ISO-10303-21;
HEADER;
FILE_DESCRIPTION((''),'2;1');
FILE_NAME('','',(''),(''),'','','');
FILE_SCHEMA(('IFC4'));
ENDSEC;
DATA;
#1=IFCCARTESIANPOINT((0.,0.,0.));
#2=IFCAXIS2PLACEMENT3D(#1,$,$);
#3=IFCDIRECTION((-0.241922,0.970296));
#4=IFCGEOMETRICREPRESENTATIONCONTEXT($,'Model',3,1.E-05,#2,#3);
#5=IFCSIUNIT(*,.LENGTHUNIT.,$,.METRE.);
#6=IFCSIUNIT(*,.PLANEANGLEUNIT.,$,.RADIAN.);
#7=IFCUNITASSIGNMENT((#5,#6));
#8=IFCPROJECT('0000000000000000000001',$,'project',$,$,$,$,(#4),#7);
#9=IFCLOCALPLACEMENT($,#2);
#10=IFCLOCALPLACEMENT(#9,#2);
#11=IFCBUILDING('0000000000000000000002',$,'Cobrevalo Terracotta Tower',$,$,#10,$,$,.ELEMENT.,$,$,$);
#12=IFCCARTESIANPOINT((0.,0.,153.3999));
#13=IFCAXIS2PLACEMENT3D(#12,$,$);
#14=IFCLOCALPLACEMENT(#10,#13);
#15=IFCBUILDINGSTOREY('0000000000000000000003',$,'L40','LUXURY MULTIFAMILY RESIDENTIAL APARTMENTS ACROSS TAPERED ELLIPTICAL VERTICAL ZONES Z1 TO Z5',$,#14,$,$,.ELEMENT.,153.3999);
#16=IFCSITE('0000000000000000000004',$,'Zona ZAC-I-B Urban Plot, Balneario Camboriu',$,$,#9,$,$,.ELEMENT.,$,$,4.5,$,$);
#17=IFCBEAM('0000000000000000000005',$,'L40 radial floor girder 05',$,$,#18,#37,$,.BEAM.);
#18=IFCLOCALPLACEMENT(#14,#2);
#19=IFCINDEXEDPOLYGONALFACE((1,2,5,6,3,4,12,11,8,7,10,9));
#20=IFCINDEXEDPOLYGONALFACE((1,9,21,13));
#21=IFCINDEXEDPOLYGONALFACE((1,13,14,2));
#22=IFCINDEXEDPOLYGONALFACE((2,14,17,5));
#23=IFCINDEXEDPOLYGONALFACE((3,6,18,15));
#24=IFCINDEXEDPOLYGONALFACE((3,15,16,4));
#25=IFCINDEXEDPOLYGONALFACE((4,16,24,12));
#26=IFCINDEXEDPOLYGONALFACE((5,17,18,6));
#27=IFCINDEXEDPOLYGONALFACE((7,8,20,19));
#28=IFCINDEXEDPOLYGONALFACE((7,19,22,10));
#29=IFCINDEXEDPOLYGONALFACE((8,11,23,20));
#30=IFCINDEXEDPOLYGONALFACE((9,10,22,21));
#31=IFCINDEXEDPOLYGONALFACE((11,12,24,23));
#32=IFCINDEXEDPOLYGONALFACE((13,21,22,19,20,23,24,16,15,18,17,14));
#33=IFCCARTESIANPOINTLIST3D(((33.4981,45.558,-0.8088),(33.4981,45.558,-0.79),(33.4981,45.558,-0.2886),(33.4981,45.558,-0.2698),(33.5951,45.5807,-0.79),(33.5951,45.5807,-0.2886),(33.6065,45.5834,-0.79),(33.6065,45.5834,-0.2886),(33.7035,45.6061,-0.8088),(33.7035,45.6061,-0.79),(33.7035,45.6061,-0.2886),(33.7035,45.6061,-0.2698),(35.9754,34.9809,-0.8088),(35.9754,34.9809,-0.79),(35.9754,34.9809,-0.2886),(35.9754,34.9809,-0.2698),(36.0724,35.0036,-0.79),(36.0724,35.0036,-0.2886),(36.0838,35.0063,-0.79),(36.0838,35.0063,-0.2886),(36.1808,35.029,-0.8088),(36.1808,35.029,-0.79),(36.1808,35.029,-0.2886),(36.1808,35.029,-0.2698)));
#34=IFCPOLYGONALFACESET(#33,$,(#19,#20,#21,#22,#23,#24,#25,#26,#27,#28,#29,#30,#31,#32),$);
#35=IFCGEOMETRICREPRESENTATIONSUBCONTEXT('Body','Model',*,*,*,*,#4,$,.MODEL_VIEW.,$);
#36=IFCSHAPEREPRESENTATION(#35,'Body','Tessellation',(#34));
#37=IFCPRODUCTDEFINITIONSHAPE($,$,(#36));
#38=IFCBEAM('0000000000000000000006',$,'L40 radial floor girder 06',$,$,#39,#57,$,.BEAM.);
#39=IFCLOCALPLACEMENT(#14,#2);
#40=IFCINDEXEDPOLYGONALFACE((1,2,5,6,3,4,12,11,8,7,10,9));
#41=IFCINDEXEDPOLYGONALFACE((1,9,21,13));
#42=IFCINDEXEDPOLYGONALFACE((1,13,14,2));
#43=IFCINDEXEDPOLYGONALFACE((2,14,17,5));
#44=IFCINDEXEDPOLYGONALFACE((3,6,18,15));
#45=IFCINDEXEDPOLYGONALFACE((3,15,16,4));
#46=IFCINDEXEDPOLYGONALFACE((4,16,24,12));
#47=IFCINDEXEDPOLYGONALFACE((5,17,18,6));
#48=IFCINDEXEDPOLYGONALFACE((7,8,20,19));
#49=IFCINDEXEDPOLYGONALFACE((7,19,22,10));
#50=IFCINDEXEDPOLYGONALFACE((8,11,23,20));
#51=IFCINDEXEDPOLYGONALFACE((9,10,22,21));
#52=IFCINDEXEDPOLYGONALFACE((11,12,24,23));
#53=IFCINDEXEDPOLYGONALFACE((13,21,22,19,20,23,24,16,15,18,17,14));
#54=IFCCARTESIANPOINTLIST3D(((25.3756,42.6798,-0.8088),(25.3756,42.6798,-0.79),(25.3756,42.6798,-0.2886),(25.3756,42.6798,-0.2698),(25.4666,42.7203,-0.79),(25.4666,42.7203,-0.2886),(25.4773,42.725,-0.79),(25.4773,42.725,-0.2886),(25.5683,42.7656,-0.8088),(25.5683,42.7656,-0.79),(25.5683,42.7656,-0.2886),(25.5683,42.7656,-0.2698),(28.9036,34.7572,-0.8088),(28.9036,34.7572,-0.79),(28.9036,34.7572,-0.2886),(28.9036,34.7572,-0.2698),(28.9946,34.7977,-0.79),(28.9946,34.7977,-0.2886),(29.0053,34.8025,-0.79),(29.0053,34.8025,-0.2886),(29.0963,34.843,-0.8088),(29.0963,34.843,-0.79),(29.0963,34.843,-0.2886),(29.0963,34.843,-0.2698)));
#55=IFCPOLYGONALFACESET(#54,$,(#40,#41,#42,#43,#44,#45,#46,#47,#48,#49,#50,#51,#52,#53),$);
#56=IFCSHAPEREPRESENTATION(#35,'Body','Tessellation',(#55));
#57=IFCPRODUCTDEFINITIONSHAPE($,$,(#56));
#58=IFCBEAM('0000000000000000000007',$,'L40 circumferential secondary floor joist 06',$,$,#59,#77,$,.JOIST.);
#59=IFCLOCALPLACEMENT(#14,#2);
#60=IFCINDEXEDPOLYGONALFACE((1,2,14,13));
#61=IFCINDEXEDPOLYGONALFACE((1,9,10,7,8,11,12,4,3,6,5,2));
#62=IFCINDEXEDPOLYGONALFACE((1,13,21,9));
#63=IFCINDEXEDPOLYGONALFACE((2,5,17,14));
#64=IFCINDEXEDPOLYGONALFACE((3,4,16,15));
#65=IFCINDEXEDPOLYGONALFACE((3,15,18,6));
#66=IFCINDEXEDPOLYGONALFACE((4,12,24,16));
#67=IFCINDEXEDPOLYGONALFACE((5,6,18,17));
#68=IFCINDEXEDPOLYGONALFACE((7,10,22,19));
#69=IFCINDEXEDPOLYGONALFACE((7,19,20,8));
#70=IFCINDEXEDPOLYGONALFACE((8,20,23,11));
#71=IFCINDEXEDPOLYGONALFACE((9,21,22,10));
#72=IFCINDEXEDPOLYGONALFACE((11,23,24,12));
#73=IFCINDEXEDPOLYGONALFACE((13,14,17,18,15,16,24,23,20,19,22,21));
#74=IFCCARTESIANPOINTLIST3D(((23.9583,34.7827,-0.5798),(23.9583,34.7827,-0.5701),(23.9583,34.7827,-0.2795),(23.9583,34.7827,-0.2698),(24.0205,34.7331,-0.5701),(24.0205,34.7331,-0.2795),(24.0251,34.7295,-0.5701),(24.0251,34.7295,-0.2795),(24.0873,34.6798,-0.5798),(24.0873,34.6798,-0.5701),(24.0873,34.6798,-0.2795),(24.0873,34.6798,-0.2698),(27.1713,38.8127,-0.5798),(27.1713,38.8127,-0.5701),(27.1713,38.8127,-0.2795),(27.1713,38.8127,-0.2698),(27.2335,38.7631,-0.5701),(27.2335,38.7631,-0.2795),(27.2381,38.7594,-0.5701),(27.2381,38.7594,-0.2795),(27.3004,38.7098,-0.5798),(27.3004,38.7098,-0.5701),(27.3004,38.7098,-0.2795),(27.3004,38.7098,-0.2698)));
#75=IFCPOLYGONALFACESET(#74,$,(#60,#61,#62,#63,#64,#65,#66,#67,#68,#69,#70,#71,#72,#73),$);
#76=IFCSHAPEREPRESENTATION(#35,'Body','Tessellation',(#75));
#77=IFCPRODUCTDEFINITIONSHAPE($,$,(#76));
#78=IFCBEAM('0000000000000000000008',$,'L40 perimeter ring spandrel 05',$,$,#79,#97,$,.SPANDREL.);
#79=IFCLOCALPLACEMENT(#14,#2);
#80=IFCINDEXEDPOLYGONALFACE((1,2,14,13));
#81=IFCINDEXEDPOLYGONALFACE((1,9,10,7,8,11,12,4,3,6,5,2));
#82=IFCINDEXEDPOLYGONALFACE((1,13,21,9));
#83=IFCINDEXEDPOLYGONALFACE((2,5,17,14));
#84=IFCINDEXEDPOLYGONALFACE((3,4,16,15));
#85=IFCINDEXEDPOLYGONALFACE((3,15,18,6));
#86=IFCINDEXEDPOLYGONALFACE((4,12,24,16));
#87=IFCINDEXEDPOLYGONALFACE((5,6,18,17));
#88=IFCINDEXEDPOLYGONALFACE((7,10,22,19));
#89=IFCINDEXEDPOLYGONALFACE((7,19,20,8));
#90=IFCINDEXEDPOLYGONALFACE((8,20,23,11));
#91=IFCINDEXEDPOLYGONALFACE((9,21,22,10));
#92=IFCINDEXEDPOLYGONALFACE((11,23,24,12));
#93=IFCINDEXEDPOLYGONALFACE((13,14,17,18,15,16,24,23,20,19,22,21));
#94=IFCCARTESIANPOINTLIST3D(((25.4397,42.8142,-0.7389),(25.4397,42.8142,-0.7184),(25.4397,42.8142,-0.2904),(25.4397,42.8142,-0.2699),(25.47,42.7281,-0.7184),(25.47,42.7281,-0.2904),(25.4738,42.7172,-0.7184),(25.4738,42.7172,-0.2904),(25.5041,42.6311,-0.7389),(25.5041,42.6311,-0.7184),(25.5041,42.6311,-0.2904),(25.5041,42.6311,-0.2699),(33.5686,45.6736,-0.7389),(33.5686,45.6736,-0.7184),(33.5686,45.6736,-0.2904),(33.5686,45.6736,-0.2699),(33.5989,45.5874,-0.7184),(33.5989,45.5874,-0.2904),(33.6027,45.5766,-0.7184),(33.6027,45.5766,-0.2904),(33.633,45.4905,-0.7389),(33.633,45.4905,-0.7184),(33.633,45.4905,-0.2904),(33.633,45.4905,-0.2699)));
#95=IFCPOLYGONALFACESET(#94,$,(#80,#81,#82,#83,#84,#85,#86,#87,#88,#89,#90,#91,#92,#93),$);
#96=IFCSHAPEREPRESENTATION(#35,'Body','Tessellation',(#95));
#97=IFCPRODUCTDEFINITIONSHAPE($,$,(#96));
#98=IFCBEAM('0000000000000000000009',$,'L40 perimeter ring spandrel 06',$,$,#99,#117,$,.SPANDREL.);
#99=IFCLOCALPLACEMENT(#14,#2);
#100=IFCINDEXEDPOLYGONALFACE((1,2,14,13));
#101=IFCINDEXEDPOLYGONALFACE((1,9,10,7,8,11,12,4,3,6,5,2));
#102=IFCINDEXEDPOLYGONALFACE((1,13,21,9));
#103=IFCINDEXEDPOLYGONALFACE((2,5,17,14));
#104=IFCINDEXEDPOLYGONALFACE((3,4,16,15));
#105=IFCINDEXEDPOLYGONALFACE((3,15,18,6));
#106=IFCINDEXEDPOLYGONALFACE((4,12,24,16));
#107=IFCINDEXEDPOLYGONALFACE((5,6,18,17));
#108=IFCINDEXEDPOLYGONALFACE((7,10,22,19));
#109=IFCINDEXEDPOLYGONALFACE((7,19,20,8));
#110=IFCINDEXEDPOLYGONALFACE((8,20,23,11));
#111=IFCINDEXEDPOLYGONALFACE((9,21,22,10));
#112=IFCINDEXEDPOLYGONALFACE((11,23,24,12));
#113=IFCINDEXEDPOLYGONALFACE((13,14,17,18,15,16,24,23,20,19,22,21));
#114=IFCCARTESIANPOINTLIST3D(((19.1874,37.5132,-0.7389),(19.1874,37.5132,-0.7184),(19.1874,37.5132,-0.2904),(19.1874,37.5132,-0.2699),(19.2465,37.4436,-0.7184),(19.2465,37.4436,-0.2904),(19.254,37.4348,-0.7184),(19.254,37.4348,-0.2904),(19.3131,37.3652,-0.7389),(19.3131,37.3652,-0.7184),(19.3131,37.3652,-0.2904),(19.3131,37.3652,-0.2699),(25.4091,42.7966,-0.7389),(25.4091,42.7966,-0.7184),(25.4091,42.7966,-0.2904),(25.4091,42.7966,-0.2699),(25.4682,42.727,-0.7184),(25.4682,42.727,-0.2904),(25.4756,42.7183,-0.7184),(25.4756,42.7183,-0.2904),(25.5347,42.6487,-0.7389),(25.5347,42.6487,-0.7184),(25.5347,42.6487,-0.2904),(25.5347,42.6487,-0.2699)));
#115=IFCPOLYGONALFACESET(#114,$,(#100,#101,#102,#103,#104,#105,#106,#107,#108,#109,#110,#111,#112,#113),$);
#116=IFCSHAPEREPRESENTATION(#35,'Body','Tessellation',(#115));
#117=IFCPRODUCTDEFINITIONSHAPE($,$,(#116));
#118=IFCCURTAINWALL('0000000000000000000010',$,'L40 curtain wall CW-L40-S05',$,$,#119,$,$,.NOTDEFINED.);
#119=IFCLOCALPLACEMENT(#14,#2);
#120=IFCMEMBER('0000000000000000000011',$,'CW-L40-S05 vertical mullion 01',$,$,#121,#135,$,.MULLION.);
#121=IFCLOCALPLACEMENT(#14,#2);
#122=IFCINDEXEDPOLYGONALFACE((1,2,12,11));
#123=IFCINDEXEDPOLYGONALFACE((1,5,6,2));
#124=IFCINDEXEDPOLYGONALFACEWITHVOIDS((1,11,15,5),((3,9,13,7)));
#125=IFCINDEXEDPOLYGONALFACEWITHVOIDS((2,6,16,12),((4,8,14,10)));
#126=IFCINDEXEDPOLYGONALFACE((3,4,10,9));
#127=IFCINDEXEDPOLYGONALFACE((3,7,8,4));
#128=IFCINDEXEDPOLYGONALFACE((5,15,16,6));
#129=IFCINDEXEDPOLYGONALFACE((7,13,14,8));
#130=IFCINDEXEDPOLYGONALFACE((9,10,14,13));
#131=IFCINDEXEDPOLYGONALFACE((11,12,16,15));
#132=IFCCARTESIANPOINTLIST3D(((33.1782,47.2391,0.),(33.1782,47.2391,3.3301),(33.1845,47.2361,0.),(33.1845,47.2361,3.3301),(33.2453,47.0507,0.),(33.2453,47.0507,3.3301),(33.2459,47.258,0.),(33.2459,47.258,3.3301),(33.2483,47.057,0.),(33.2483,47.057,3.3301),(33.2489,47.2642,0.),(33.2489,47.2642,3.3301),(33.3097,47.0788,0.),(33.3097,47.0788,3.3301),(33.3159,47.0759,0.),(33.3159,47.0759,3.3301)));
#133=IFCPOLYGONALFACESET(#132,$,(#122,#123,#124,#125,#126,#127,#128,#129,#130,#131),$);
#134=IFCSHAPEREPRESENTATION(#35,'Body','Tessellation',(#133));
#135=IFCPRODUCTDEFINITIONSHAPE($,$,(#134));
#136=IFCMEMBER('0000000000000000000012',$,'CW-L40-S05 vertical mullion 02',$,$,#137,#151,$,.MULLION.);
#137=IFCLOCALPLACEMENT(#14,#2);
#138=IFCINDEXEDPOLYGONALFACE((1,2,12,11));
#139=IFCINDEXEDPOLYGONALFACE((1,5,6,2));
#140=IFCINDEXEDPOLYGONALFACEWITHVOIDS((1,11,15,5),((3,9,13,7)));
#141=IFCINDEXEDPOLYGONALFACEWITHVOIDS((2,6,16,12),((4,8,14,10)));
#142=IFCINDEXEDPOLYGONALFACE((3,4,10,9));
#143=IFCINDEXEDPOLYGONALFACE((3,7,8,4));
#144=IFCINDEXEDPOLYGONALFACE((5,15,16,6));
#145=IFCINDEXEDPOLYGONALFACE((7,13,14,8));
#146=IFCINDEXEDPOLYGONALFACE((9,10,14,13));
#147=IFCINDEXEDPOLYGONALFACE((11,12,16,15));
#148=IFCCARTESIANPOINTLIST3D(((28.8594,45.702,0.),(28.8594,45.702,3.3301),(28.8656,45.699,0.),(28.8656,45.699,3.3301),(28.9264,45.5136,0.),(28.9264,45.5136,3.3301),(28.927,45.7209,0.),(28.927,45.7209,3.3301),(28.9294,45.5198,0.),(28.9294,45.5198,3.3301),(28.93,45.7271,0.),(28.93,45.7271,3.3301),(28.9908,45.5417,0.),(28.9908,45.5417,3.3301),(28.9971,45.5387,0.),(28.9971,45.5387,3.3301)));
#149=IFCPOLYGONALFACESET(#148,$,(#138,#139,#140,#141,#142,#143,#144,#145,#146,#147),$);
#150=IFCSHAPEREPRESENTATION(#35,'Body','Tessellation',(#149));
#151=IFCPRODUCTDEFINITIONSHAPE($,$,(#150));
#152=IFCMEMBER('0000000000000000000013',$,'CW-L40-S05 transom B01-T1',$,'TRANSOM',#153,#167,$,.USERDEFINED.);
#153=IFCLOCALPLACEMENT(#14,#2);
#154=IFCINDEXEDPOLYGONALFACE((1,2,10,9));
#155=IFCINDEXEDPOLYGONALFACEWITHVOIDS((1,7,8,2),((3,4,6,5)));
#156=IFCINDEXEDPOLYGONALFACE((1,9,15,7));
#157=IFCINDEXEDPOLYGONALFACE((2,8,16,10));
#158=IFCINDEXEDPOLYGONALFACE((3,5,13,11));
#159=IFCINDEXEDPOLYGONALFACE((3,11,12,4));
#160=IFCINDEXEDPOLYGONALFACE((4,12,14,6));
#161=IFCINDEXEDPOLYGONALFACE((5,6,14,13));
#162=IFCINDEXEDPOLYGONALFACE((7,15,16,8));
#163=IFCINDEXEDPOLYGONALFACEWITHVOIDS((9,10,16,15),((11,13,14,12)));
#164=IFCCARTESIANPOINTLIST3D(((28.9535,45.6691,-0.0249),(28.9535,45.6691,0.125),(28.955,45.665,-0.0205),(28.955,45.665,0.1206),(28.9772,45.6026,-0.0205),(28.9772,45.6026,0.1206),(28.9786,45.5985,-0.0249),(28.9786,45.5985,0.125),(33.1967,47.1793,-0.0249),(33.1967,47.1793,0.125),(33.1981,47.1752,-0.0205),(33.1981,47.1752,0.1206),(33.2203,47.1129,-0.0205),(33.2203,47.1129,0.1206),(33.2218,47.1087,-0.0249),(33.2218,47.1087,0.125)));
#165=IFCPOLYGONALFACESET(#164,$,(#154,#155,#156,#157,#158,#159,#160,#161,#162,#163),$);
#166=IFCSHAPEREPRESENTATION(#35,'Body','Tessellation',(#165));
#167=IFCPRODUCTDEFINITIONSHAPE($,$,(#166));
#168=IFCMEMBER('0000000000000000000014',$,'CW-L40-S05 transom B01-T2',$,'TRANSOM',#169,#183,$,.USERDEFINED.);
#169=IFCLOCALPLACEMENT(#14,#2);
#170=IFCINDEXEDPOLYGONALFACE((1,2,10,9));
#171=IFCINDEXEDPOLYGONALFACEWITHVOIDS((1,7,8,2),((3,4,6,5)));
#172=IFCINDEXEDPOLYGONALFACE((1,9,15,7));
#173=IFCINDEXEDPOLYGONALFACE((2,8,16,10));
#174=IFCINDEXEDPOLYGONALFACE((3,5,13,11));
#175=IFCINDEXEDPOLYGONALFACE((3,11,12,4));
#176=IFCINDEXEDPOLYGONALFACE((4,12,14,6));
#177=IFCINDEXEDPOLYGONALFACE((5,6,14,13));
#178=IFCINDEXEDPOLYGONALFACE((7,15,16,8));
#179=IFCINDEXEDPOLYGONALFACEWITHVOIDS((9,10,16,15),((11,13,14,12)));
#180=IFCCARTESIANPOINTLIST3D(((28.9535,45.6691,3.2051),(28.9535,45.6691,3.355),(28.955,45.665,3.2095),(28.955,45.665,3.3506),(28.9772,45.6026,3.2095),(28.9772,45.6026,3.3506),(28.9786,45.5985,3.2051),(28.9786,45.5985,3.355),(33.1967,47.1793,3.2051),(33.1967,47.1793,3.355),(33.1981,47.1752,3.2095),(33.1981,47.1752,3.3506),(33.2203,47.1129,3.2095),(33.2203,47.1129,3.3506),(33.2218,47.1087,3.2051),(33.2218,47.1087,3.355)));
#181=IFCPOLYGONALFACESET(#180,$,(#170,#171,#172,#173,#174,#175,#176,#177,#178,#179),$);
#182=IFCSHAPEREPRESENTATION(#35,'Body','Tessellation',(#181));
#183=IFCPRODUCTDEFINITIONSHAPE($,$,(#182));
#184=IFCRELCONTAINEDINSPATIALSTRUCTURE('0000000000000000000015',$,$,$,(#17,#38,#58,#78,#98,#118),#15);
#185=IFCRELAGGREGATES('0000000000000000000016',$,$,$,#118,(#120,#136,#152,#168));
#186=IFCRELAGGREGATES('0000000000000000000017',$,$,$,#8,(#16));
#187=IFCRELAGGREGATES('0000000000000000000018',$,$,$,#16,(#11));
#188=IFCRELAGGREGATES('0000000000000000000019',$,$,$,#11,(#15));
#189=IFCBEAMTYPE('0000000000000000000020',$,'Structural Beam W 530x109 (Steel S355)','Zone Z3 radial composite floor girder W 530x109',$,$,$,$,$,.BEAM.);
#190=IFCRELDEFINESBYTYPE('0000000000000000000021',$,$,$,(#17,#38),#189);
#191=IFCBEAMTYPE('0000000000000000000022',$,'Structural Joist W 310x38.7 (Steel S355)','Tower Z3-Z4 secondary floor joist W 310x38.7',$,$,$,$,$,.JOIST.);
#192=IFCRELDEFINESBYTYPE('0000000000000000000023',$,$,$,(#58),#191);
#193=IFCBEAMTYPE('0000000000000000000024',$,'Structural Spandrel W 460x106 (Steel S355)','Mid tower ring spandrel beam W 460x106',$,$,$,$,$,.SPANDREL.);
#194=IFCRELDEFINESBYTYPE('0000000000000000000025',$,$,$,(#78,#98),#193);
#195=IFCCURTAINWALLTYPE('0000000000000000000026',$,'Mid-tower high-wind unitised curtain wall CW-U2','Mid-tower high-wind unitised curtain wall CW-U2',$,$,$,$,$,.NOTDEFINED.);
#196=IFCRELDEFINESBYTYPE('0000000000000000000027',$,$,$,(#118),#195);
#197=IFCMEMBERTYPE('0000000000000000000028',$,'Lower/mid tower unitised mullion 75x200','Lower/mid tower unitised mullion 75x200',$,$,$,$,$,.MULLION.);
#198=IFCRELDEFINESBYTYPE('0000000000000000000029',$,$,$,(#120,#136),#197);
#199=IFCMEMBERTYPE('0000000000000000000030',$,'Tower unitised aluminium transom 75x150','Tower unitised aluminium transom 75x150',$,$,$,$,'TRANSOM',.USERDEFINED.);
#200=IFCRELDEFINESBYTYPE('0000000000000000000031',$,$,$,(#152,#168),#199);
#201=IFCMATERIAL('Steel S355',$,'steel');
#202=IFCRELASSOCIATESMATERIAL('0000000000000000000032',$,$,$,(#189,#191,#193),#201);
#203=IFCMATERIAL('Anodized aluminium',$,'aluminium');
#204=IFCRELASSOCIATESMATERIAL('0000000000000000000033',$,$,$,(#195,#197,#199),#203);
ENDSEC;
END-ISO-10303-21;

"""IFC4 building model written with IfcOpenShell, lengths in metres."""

from ifc_helpers import new_model, si_unit, direction, frame, origin, origin_2d, place, context, subcontext, project, spatial, hollow_rectangle, i_section, extrude, source, transform, mapped, material, material_profile, profile_set, type_object, element, aggregate, save


model = new_model("IFC4")

# Units and contexts
model_context = context("Model", 3, precision=1e-05, world=origin(), true_north=direction((-0.241922, 0.970296)))
body_context = subcontext(model_context, "Body", "Model", "MODEL_VIEW")
ifc_project = project(units=[si_unit("LENGTHUNIT", "METRE"), si_unit("PLANEANGLEUNIT", "RADIAN")], contexts=[model_context])

# Site, building, storey
site_placement = place(None, origin())
site = spatial("IfcSite", under=ifc_project, at=site_placement, Name="Zona ZAC-I-B Urban Plot, Balneario Camboriu", CompositionType="ELEMENT", RefElevation=4.5)
building_placement = place(site_placement, origin())
building = spatial("IfcBuilding", under=site, at=building_placement, Name="Cobrevalo Terracotta Tower", CompositionType="ELEMENT")
storey_placement = place(building_placement, frame((0.0, 0.0, 153.3999)))
storey = spatial("IfcBuildingStorey", under=building, at=storey_placement, Name="L40", Description="LUXURY MULTIFAMILY RESIDENTIAL APARTMENTS ACROSS TAPERED ELLIPTICAL VERTICAL ZONES Z1 TO Z5", CompositionType="ELEMENT", Elevation=153.3999)

# Shared definitions
ifc_material_1 = material(Name="Steel S355", Category="steel")

# Beams
ifc_material_profile_1 = material_profile(ifc_material_1, i_section(OverallWidth=0.2109, OverallDepth=0.5391, WebThickness=0.0117, FlangeThickness=0.0188, at=origin_2d()), Name="W 530x109")
ifc_profile_set_1 = profile_set([ifc_material_profile_1], Name="Steel S355")
beam_type_1 = type_object("IfcBeamType", Name="Structural Beam W 530x109 (Steel S355)", Description="Zone Z3 radial composite floor girder W 530x109", PredefinedType="BEAM", material=ifc_profile_set_1)
beam_1_placement = place(storey_placement, frame((33.6008, 45.582, -0.5393), z_axis=(0.228041, -0.973652, 0.0), x_axis=(0.973652, 0.228041, 0.0)))
element("IfcBeam", 1, at=beam_1_placement, inside=storey, type_object=beam_type_1, Name="L40 radial floor girder 05", PredefinedType="BEAM", context=body_context, shape_type="SweptSolid", body=[
    extrude(i_section(OverallWidth=0.2109, OverallDepth=0.5391, WebThickness=0.0117, FlangeThickness=0.0188, at=origin_2d()), origin(), (0.0, 0.0, 1.0), 10.8633),
])
beam_2_placement = place(storey_placement, frame((25.4719, 42.7227, -0.5393), z_axis=(0.406804, -0.913515, 0.0), x_axis=(0.913515, 0.406804, 0.0)))
element("IfcBeam", 2, at=beam_2_placement, inside=storey, type_object=beam_type_1, Name="L40 radial floor girder 06", PredefinedType="BEAM", context=body_context, shape_type="SweptSolid", body=[
    extrude(i_section(OverallWidth=0.2109, OverallDepth=0.5391, WebThickness=0.0117, FlangeThickness=0.0188, at=origin_2d()), origin(), (0.0, 0.0, 1.0), 8.6726),
])
ifc_material_profile_2 = material_profile(ifc_material_1, i_section(OverallWidth=0.165, OverallDepth=0.3101, WebThickness=0.0059, FlangeThickness=0.0098, at=origin_2d()), Name="W 310x38.7")
ifc_profile_set_2 = profile_set([ifc_material_profile_2], Name="Steel S355")
beam_type_2 = type_object("IfcBeamType", Name="Structural Joist W 310x38.7 (Steel S355)", Description="Tower Z3-Z4 secondary floor joist W 310x38.7", PredefinedType="JOIST", material=ifc_profile_set_2)
beam_3_placement = place(storey_placement, frame((27.2358, 38.7612, -0.4248), z_axis=(-0.623406, -0.781898, 0.0), x_axis=(0.781898, -0.623406, 0.0)))
element("IfcBeam", 3, at=beam_3_placement, inside=storey, type_object=beam_type_2, Name="L40 circumferential secondary floor joist 06", PredefinedType="JOIST", context=body_context, shape_type="SweptSolid", body=[
    extrude(i_section(OverallWidth=0.165, OverallDepth=0.3101, WebThickness=0.0059, FlangeThickness=0.0098, at=origin_2d()), origin(), (0.0, 0.0, 1.0), 5.1541),
])
ifc_material_profile_3 = material_profile(ifc_material_1, i_section(OverallWidth=0.1941, OverallDepth=0.469, WebThickness=0.0115, FlangeThickness=0.0205, at=origin_2d()), Name="W 460x106")
ifc_profile_set_3 = profile_set([ifc_material_profile_3], Name="Steel S355")
beam_type_3 = type_object("IfcBeamType", Name="Structural Spandrel W 460x106 (Steel S355)", Description="Mid tower ring spandrel beam W 460x106", PredefinedType="SPANDREL", material=ifc_profile_set_3)
beam_4_placement = place(storey_placement, frame((33.6008, 45.582, -0.5044), z_axis=(-0.943341, -0.331824, 0.0), x_axis=(0.331824, -0.943341, 0.0)))
element("IfcBeam", 4, at=beam_4_placement, inside=storey, type_object=beam_type_3, Name="L40 perimeter ring spandrel 05", PredefinedType="SPANDREL", context=body_context, shape_type="SweptSolid", body=[
    extrude(i_section(OverallWidth=0.1941, OverallDepth=0.469, WebThickness=0.0115, FlangeThickness=0.0205, at=origin_2d()), origin(), (0.0, 0.0, 1.0), 8.6172),
])
beam_5_placement = place(storey_placement, frame((25.4719, 42.7227, -0.5044), z_axis=(-0.76224, -0.647294, 0.0), x_axis=(0.647294, -0.76224, 0.0)))
element("IfcBeam", 5, at=beam_5_placement, inside=storey, type_object=beam_type_3, Name="L40 perimeter ring spandrel 06", PredefinedType="SPANDREL", context=body_context, shape_type="SweptSolid", body=[
    extrude(i_section(OverallWidth=0.1941, OverallDepth=0.469, WebThickness=0.0115, FlangeThickness=0.0205, at=origin_2d()), origin(), (0.0, 0.0, 1.0), 8.1624),
])

# Curtain wall, members
ifc_material_2 = material(Name="Anodized aluminium", Category="aluminium")
curtain_wall_type = type_object("IfcCurtainWallType", Name="Mid-tower high-wind unitised curtain wall CW-U2", Description="Mid-tower high-wind unitised curtain wall CW-U2", PredefinedType="NOTDEFINED", material=ifc_material_2)
curtain_wall_placement = place(storey_placement, origin())
curtain_wall = element("IfcCurtainWall", 6, at=curtain_wall_placement, inside=storey, type_object=curtain_wall_type, Name="L40 curtain wall CW-L40-S05", PredefinedType="NOTDEFINED")
ifc_material_profile_4 = material_profile(ifc_material_2, hollow_rectangle(XDim=0.075, YDim=0.2, WallThickness=0.0049, at=origin_2d()), Name="CWM 75x200")
ifc_profile_set_4 = profile_set([ifc_material_profile_4], Name="Anodized aluminium")
member_type_1 = type_object("IfcMemberType", Name="Lower/mid tower unitised mullion 75x200", Description="Lower/mid tower unitised mullion 75x200", PredefinedType="MULLION", material=ifc_profile_set_4)
shared_shape_1 = source(origin(), body_context, "Body", "SweptSolid", [
    extrude(hollow_rectangle(XDim=0.075, YDim=0.2, WallThickness=0.0049, at=origin_2d()), origin(), (0.0, 0.0, 1.0), 3.3301),
])
member_1_placement = place(storey_placement, frame((33.2471, 47.1575, 0.0), z_axis=(0.0, 0.0, 1.0), x_axis=(-0.942098, -0.335336, 0.0)))
member_1 = element("IfcMember", 7, at=member_1_placement, type_object=member_type_1, Name="CW-L40-S05 vertical mullion 01", PredefinedType="MULLION", context=body_context, shape_type="MappedRepresentation", body=[
    mapped(shared_shape_1, transform((0.0, 0.0, 0.0), scale=1.0)),
])
member_2_placement = place(storey_placement, frame((28.9282, 45.6204, 0.0), z_axis=(0.0, 0.0, 1.0), x_axis=(-0.942098, -0.335336, 0.0)))
member_2 = element("IfcMember", 8, at=member_2_placement, type_object=member_type_1, Name="CW-L40-S05 vertical mullion 02", PredefinedType="MULLION", context=body_context, shape_type="MappedRepresentation", body=[
    mapped(shared_shape_1, transform((0.0, 0.0, 0.0), scale=1.0)),
])
ifc_material_profile_5 = material_profile(ifc_material_2, hollow_rectangle(XDim=0.075, YDim=0.1499, WallThickness=0.0044, at=origin_2d()), Name="CWT 75x150")
ifc_profile_set_5 = profile_set([ifc_material_profile_5], Name="Anodized aluminium")
member_type_2 = type_object("IfcMemberType", Name="Tower unitised aluminium transom 75x150", Description="Tower unitised aluminium transom 75x150", ElementType="TRANSOM", PredefinedType="USERDEFINED", material=ifc_profile_set_5)
shared_shape_2 = source(origin(), body_context, "Body", "SweptSolid", [
    extrude(hollow_rectangle(XDim=0.075, YDim=0.1499, WallThickness=0.0044, at=origin_2d()), origin(), (0.0, 0.0, 1.0), 4.5039),
])
member_3_placement = place(storey_placement, frame((33.2092, 47.144, 0.05), z_axis=(-0.942104, -0.33532, 0.0), x_axis=(0.33532, -0.942104, 0.0)))
member_3 = element("IfcMember", 9, at=member_3_placement, type_object=member_type_2, Name="CW-L40-S05 transom B01-T1", ObjectType="TRANSOM", PredefinedType="USERDEFINED", context=body_context, shape_type="MappedRepresentation", body=[
    mapped(shared_shape_2, transform((0.0, 0.0, 0.0), scale=1.0)),
])
member_4_placement = place(storey_placement, frame((33.2092, 47.144, 3.28), z_axis=(-0.942104, -0.33532, 0.0), x_axis=(0.33532, -0.942104, 0.0)))
member_4 = element("IfcMember", 10, at=member_4_placement, type_object=member_type_2, Name="CW-L40-S05 transom B01-T2", ObjectType="TRANSOM", PredefinedType="USERDEFINED", context=body_context, shape_type="MappedRepresentation", body=[
    mapped(shared_shape_2, transform((0.0, 0.0, 0.0), scale=1.0)),
])
aggregate(curtain_wall, [member_1, member_2, member_3, member_4])

save(model, "model.ifc")
